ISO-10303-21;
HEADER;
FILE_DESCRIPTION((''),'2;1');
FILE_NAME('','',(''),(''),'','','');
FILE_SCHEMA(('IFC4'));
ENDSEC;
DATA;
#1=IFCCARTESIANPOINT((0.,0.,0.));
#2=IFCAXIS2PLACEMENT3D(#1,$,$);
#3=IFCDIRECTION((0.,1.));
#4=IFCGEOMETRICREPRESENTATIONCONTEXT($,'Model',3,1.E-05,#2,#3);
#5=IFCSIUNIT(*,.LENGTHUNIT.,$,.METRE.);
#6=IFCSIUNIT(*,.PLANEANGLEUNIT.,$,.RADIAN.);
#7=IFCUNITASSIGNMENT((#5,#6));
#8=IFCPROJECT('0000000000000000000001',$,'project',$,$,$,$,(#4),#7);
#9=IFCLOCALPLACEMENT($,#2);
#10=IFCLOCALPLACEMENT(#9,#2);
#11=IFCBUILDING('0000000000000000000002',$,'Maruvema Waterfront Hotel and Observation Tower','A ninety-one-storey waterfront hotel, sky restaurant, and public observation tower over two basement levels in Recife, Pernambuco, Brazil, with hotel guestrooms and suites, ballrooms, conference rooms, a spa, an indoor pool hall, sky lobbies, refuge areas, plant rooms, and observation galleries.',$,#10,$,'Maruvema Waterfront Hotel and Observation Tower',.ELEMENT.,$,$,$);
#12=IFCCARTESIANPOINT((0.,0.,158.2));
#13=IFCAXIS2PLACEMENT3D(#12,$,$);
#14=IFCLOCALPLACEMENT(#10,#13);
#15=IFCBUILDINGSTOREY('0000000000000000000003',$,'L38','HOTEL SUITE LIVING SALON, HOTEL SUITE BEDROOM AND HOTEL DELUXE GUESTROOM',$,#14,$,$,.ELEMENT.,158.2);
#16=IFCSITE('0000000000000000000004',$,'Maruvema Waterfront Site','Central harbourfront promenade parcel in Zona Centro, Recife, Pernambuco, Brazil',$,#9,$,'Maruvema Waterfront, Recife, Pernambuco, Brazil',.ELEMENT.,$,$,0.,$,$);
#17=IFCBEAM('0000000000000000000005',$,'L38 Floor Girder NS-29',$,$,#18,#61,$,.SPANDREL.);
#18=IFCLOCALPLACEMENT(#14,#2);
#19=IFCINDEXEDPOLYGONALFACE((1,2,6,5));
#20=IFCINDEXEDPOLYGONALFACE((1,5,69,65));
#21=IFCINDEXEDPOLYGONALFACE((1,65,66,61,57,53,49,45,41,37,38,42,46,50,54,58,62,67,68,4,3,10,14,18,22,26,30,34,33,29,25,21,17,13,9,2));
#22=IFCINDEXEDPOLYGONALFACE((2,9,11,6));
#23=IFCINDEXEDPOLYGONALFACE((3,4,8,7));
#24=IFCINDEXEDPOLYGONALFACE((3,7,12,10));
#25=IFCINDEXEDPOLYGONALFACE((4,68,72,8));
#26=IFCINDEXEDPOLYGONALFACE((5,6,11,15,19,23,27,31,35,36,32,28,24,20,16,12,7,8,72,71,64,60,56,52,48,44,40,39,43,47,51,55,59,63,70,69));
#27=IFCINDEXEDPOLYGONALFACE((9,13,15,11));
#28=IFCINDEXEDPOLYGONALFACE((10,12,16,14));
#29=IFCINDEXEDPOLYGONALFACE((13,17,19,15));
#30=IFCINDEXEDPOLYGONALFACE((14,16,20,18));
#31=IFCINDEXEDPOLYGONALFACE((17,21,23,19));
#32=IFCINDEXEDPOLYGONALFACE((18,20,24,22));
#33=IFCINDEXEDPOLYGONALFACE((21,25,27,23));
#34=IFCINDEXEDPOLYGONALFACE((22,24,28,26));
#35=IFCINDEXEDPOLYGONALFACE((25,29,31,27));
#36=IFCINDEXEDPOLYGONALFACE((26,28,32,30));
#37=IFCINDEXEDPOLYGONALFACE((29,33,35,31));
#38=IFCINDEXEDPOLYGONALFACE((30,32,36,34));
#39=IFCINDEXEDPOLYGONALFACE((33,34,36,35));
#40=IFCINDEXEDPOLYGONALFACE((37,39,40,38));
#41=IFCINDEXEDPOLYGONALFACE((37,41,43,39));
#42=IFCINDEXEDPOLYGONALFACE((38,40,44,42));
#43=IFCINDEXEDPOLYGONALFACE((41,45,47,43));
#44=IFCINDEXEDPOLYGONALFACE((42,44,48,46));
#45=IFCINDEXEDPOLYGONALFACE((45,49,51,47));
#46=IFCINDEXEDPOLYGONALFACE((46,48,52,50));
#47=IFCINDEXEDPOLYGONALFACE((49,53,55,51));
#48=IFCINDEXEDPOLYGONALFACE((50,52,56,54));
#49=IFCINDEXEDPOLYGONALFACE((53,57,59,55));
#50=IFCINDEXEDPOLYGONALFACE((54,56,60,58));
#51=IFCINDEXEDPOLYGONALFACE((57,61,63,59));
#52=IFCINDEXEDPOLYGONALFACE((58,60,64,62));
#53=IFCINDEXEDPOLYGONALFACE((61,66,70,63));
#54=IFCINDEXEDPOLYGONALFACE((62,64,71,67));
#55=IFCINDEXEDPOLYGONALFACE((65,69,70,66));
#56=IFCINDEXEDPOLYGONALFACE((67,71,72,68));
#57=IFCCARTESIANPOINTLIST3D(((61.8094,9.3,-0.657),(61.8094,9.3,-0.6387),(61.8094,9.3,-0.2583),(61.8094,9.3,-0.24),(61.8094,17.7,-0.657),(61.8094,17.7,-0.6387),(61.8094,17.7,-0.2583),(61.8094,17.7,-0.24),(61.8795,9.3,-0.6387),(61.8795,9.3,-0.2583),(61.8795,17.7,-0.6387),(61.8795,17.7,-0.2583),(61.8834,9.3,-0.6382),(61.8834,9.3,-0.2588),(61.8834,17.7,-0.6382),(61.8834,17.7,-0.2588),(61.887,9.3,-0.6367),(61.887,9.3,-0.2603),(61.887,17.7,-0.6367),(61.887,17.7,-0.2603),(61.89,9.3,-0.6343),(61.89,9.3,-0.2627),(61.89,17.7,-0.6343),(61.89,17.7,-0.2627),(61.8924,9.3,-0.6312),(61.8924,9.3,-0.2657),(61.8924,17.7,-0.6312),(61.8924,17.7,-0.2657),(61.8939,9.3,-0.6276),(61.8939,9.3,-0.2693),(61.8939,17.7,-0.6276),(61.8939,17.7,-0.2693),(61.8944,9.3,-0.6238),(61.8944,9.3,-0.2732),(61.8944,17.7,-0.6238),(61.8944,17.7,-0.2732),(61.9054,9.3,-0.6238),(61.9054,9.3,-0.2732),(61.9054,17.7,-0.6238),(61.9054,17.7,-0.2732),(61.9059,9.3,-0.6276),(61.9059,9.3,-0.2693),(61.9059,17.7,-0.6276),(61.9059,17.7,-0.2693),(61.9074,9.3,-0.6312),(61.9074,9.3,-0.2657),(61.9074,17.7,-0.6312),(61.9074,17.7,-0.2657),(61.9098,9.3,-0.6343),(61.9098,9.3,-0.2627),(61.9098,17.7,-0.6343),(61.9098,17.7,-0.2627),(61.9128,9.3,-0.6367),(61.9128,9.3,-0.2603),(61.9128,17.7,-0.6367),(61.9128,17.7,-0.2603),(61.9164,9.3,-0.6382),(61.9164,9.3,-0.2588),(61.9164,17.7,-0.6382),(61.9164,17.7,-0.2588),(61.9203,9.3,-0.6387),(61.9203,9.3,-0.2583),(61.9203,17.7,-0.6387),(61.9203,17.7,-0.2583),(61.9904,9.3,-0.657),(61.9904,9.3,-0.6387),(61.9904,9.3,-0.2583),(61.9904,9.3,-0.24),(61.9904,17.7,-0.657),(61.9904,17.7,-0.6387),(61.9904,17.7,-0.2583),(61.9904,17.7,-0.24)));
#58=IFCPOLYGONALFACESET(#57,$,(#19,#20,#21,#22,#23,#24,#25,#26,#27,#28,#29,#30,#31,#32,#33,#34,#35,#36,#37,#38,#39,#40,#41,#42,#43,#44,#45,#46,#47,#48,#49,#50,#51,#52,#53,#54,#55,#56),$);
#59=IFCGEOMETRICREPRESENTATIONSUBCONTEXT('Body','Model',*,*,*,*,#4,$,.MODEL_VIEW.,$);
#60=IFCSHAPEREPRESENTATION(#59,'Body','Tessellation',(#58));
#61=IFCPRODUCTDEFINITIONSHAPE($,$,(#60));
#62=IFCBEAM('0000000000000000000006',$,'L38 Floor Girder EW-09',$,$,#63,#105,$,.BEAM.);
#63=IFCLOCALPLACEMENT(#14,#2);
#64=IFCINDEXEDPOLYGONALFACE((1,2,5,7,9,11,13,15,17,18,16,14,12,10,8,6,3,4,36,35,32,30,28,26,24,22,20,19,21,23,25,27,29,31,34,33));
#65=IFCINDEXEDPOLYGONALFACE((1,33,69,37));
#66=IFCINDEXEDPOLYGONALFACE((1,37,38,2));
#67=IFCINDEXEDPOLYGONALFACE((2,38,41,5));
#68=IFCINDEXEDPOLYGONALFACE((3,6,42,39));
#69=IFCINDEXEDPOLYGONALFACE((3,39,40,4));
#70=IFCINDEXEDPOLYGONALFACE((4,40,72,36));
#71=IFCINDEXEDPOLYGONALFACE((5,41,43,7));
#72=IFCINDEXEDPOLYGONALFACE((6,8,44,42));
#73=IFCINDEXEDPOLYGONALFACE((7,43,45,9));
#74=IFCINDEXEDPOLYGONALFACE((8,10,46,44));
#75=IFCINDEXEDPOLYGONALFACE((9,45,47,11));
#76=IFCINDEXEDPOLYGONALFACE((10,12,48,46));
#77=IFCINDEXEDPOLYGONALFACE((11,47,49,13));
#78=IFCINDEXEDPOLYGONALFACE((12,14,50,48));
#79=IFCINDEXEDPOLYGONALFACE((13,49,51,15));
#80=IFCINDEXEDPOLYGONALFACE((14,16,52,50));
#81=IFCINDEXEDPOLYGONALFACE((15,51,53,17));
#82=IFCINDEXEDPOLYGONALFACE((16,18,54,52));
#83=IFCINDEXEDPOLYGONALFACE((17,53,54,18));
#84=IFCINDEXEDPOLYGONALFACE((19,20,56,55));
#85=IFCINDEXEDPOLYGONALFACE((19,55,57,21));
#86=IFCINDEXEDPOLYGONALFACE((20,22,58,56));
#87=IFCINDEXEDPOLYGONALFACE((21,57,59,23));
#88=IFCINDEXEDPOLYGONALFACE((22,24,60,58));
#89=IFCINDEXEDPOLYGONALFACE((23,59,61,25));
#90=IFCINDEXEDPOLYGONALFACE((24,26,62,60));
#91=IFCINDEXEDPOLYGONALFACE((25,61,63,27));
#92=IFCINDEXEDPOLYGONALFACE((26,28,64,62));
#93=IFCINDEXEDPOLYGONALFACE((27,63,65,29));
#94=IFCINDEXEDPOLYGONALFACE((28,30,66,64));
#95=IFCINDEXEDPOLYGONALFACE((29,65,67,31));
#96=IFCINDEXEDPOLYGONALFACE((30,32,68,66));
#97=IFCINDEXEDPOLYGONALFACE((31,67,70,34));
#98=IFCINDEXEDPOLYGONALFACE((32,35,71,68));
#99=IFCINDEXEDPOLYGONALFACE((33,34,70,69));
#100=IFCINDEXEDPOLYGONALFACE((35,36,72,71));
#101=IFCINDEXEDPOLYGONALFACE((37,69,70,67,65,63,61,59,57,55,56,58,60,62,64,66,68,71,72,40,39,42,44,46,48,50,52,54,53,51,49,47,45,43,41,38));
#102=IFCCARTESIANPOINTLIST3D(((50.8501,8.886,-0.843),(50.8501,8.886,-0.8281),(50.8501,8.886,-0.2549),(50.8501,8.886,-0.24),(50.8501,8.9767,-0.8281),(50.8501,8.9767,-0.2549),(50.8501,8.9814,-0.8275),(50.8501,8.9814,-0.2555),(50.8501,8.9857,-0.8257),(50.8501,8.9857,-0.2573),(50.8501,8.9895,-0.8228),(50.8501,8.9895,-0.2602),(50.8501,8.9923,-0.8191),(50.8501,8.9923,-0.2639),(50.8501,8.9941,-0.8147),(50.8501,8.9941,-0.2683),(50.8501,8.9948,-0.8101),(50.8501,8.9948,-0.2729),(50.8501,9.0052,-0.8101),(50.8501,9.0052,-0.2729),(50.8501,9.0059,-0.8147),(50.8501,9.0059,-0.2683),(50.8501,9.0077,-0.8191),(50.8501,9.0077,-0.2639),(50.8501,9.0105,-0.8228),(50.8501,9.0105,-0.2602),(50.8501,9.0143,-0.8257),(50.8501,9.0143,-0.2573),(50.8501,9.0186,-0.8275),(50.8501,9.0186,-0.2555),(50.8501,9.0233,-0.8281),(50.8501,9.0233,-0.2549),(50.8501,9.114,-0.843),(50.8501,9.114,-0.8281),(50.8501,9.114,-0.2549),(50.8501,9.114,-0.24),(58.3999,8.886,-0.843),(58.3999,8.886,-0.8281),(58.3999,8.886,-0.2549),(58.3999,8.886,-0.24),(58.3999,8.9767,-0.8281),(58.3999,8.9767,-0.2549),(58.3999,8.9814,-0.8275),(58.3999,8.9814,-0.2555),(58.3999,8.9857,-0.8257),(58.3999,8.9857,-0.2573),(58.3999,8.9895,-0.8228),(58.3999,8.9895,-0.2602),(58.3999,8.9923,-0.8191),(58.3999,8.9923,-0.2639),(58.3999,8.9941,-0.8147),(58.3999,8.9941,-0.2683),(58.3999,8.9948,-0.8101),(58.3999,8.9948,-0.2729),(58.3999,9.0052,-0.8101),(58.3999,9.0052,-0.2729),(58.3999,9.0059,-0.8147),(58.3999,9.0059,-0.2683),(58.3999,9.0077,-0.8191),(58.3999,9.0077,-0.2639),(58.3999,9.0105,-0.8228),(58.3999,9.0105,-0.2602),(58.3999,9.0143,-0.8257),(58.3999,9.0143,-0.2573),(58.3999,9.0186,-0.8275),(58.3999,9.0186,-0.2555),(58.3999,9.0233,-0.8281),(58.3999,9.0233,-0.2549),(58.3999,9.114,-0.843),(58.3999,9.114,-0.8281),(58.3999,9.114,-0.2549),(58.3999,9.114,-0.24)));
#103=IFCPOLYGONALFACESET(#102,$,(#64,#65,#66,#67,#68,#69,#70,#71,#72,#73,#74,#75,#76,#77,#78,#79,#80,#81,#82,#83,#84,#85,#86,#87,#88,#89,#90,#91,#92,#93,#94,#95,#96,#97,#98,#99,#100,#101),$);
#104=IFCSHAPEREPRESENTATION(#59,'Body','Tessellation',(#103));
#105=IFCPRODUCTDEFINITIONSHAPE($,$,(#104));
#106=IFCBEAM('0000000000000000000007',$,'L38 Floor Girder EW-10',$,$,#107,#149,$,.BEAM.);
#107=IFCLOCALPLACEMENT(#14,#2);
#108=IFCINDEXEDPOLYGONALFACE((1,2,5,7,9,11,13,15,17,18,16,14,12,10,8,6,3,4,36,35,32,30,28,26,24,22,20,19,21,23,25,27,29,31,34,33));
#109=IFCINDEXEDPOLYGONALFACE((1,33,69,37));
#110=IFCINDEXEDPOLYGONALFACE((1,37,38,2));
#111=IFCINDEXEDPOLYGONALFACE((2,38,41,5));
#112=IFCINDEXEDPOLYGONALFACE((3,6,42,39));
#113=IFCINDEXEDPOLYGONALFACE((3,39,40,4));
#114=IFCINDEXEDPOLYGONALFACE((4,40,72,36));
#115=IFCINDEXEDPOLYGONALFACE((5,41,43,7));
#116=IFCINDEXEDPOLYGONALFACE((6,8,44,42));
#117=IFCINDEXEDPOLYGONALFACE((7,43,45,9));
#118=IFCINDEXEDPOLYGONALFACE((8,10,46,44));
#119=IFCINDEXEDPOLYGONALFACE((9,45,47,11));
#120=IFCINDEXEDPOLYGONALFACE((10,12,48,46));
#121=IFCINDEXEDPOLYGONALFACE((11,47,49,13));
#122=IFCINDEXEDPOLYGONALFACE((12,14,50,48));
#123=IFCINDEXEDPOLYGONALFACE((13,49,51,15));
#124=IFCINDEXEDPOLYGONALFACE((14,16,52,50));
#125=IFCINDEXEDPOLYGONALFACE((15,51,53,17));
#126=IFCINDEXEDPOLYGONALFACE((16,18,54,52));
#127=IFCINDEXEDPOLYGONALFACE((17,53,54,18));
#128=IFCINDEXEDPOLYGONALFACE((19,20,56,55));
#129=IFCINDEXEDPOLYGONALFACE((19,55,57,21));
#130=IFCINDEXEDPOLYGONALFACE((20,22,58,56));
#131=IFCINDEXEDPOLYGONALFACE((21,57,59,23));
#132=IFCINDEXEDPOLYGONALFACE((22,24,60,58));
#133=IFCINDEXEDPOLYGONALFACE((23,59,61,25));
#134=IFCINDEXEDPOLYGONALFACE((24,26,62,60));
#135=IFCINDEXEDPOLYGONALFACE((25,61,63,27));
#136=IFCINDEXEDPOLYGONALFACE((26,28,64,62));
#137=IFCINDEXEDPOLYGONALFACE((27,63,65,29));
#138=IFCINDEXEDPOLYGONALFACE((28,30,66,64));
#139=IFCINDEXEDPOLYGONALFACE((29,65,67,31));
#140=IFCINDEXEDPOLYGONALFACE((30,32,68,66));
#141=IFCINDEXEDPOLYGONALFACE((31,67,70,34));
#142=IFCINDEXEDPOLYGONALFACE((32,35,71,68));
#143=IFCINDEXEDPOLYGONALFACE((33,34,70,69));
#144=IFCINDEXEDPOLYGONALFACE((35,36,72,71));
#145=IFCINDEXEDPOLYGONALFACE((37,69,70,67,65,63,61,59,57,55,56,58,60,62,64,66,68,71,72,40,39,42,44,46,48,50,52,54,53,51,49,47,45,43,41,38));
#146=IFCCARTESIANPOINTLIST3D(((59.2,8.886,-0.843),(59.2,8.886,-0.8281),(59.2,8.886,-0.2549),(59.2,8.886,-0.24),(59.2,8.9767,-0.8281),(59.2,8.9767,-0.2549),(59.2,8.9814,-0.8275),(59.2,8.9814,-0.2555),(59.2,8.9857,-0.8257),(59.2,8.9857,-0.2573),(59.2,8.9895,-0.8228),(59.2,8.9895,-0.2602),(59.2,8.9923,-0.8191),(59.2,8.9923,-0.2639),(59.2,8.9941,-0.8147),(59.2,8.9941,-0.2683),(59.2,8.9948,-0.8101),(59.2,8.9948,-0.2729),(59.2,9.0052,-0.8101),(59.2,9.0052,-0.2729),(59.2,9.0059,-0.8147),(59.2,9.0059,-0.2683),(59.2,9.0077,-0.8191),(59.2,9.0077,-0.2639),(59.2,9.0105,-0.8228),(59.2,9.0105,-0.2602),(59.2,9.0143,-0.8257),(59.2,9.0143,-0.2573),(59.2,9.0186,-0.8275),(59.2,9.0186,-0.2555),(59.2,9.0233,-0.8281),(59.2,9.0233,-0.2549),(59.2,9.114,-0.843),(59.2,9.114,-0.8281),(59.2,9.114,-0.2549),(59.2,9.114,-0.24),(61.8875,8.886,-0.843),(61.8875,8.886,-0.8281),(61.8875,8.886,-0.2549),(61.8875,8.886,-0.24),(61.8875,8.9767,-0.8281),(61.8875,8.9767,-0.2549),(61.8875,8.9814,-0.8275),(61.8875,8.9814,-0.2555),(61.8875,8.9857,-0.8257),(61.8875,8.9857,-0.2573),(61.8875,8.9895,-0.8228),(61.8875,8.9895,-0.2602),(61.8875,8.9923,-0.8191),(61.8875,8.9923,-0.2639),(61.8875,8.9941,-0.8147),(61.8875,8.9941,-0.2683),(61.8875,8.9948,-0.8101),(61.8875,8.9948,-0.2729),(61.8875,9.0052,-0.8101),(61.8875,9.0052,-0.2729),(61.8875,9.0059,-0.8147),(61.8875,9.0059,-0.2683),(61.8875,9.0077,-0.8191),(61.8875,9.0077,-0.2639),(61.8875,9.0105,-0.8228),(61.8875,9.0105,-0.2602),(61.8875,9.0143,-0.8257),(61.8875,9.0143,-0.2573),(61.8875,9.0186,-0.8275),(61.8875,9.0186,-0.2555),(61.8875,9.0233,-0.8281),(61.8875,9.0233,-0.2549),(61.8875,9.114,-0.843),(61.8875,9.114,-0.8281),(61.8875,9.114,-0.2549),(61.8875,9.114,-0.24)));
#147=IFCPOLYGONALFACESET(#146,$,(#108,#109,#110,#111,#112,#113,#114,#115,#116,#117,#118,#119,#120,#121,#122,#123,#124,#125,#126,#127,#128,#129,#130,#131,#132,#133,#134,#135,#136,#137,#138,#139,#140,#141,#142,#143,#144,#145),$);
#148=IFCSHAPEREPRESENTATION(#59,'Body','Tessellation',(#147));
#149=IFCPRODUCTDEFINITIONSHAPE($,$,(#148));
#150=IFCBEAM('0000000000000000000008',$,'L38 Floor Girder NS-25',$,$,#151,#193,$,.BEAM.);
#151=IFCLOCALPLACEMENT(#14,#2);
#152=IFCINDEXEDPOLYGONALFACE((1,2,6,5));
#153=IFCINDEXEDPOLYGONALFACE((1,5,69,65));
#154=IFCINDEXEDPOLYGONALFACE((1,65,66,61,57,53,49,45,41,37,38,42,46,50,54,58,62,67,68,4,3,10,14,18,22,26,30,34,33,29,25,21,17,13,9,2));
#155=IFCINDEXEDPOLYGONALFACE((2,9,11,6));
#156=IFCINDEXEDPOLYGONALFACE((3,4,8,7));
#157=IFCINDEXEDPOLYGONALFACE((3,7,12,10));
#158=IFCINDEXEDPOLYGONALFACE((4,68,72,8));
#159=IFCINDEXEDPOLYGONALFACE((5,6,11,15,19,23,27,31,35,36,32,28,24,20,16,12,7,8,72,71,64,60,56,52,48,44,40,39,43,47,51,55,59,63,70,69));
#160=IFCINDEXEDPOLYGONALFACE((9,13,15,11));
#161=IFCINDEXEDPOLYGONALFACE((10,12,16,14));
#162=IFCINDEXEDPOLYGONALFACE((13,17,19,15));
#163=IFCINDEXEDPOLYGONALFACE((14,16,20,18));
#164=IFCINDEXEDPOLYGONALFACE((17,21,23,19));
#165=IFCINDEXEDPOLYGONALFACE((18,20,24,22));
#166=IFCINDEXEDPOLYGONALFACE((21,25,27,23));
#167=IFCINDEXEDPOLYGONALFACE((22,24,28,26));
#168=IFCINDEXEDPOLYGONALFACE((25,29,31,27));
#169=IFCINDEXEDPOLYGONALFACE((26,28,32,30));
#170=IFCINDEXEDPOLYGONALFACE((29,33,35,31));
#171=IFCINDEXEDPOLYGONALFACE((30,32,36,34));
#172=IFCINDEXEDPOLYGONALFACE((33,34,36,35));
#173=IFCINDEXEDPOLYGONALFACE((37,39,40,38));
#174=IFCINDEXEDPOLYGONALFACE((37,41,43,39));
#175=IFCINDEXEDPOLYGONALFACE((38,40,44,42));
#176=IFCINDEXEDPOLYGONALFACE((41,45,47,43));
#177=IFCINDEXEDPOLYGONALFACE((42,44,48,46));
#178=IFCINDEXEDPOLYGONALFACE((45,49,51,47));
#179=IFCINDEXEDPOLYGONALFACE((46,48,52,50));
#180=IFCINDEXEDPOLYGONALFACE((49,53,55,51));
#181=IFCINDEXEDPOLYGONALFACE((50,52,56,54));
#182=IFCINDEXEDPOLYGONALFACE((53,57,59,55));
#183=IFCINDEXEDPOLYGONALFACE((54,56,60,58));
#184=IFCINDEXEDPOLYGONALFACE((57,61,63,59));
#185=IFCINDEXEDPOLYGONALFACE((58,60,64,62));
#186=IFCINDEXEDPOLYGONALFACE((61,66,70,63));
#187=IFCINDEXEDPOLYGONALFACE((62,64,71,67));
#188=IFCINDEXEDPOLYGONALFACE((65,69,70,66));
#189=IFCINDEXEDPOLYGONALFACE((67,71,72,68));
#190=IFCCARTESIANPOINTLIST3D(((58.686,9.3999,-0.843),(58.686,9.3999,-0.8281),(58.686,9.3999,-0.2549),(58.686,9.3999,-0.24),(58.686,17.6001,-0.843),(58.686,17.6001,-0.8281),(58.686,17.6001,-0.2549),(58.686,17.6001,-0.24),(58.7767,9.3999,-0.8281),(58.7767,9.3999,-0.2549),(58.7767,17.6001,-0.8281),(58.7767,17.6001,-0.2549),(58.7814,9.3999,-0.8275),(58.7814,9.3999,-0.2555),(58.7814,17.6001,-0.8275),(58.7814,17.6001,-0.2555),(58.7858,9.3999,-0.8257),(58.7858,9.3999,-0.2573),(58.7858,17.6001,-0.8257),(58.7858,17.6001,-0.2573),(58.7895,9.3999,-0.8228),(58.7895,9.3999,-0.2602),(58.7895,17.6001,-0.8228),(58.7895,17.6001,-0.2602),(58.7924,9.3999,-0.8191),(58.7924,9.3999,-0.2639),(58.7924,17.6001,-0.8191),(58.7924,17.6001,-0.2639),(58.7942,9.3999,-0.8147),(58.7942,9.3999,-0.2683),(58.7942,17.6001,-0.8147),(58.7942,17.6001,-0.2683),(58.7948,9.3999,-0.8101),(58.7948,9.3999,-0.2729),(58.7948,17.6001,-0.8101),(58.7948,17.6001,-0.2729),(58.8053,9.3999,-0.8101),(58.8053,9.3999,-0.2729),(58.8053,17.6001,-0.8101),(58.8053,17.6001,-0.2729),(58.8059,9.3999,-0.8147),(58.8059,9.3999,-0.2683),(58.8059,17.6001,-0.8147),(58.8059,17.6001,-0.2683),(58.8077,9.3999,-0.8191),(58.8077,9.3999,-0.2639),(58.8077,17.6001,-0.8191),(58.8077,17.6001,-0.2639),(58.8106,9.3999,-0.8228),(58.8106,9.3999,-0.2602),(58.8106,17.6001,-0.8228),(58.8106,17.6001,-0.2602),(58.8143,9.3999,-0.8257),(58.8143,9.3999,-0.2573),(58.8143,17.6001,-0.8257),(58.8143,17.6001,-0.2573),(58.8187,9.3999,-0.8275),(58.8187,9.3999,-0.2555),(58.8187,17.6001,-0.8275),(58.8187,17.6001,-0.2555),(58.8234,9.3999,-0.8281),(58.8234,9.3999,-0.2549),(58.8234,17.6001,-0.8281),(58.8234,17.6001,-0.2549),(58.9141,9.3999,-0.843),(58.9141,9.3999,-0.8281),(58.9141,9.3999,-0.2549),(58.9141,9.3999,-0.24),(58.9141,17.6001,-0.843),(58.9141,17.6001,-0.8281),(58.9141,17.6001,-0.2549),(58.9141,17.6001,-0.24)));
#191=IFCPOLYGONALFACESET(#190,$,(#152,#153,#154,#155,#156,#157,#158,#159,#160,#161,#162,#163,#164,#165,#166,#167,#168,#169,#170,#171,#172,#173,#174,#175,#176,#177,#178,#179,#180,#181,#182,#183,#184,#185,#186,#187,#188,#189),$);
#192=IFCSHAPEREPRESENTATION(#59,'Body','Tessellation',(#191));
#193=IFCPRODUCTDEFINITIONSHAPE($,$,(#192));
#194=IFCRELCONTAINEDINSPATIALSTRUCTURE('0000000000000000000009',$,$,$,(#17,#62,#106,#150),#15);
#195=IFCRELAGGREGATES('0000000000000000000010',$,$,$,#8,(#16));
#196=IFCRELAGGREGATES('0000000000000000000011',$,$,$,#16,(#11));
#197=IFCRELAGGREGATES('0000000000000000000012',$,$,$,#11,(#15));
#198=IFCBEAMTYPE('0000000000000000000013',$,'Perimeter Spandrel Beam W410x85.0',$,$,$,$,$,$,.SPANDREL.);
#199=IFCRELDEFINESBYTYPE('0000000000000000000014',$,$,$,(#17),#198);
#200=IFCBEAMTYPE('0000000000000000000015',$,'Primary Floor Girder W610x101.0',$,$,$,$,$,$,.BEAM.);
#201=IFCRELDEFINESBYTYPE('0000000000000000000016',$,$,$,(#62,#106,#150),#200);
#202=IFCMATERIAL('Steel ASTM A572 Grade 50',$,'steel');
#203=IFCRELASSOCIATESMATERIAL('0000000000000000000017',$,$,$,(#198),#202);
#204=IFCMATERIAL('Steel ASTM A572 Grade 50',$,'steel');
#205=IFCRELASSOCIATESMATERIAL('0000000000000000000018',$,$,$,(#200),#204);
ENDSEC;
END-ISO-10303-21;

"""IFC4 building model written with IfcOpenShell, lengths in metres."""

from ifc_helpers import new_model, si_unit, direction, frame, origin, origin_2d, place, context, subcontext, project, spatial, i_section, extrude, material, material_profile, profile_set, type_object, element, save


model = new_model("IFC4")

# Units and contexts
model_context = context("Model", 3, precision=1e-05, world=origin(), true_north=direction((0.0, 1.0)))
body_context = subcontext(model_context, "Body", "Model", "MODEL_VIEW")
ifc_project = project(units=[si_unit("LENGTHUNIT", "METRE"), si_unit("PLANEANGLEUNIT", "RADIAN")], contexts=[model_context])

# Site, building, storey
site_placement = place(None, origin())
site = spatial("IfcSite", under=ifc_project, at=site_placement, Name="Maruvema Waterfront Site", Description="Central harbourfront promenade parcel in Zona Centro, Recife, Pernambuco, Brazil", LongName="Maruvema Waterfront, Recife, Pernambuco, Brazil", CompositionType="ELEMENT", RefElevation=0.0)
building_placement = place(site_placement, origin())
building = spatial("IfcBuilding", under=site, at=building_placement, Name="Maruvema Waterfront Hotel and Observation Tower", Description="A ninety-one-storey waterfront hotel, sky restaurant, and public observation tower over two basement levels in Recife, Pernambuco, Brazil, with hotel guestrooms and suites, ballrooms, conference rooms, a spa, an indoor pool hall, sky lobbies, refuge areas, plant rooms, and observation galleries.", LongName="Maruvema Waterfront Hotel and Observation Tower", CompositionType="ELEMENT")
storey_placement = place(building_placement, frame((0.0, 0.0, 158.2)))
storey = spatial("IfcBuildingStorey", under=building, at=storey_placement, Name="L38", Description="HOTEL SUITE LIVING SALON, HOTEL SUITE BEDROOM AND HOTEL DELUXE GUESTROOM", CompositionType="ELEMENT", Elevation=158.2)

# Beams
ifc_material_1 = material(Name="Steel ASTM A572 Grade 50", Category="steel")
ifc_material_profile_1 = material_profile(ifc_material_1, i_section(OverallWidth=0.1809, OverallDepth=0.417, WebThickness=0.011, FlangeThickness=0.0183, FilletRadius=0.0149, at=origin_2d()), Name="W410x85.0")
ifc_profile_set_1 = profile_set([ifc_material_profile_1], Name="Steel ASTM A572 Grade 50")
beam_type_1 = type_object("IfcBeamType", Name="Perimeter Spandrel Beam W410x85.0", PredefinedType="SPANDREL", material=ifc_profile_set_1)
beam_1_placement = place(storey_placement, frame((61.8999, 9.3, -0.4485), z_axis=(0.0, 1.0, 0.0), x_axis=(-1.0, 0.0, 0.0)))
element("IfcBeam", 1, at=beam_1_placement, inside=storey, type_object=beam_type_1, Name="L38 Floor Girder NS-29", PredefinedType="SPANDREL", context=body_context, shape_type="SweptSolid", body=[
    extrude(i_section(OverallWidth=0.1809, OverallDepth=0.417, WebThickness=0.011, FlangeThickness=0.0183, FilletRadius=0.0149, at=origin_2d()), origin(), (0.0, 0.0, 1.0), 8.3999),
])
ifc_material_2 = material(Name="Steel ASTM A572 Grade 50", Category="steel")
ifc_material_profile_2 = material_profile(ifc_material_2, i_section(OverallWidth=0.228, OverallDepth=0.603, WebThickness=0.0105, FlangeThickness=0.0149, FilletRadius=0.0181, at=origin_2d()), Name="W610x101.0")
ifc_profile_set_2 = profile_set([ifc_material_profile_2], Name="Steel ASTM A572 Grade 50")
beam_type_2 = type_object("IfcBeamType", Name="Primary Floor Girder W610x101.0", PredefinedType="BEAM", material=ifc_profile_set_2)
beam_2_placement = place(storey_placement, frame((50.8501, 9.0, -0.5415), z_axis=(1.0, 0.0, 0.0), x_axis=(0.0, 1.0, 0.0)))
element("IfcBeam", 2, at=beam_2_placement, inside=storey, type_object=beam_type_2, Name="L38 Floor Girder EW-09", PredefinedType="BEAM", context=body_context, shape_type="SweptSolid", body=[
    extrude(i_section(OverallWidth=0.228, OverallDepth=0.603, WebThickness=0.0105, FlangeThickness=0.0149, FilletRadius=0.0181, at=origin_2d()), origin(), (0.0, 0.0, 1.0), 7.5498),
])
beam_3_placement = place(storey_placement, frame((59.2, 9.0, -0.5415), z_axis=(1.0, 0.0, 0.0), x_axis=(0.0, 1.0, 0.0)))
element("IfcBeam", 3, at=beam_3_placement, inside=storey, type_object=beam_type_2, Name="L38 Floor Girder EW-10", PredefinedType="BEAM", context=body_context, shape_type="SweptSolid", body=[
    extrude(i_section(OverallWidth=0.228, OverallDepth=0.603, WebThickness=0.0105, FlangeThickness=0.0149, FilletRadius=0.0181, at=origin_2d()), origin(), (0.0, 0.0, 1.0), 2.6875),
])
beam_4_placement = place(storey_placement, frame((58.8, 9.3999, -0.5415), z_axis=(0.0, 1.0, 0.0), x_axis=(-1.0, 0.0, 0.0)))
element("IfcBeam", 4, at=beam_4_placement, inside=storey, type_object=beam_type_2, Name="L38 Floor Girder NS-25", PredefinedType="BEAM", context=body_context, shape_type="SweptSolid", body=[
    extrude(i_section(OverallWidth=0.228, OverallDepth=0.603, WebThickness=0.0105, FlangeThickness=0.0149, FilletRadius=0.0181, at=origin_2d()), origin(), (0.0, 0.0, 1.0), 8.2002),
])

save(model, "model.ifc")
